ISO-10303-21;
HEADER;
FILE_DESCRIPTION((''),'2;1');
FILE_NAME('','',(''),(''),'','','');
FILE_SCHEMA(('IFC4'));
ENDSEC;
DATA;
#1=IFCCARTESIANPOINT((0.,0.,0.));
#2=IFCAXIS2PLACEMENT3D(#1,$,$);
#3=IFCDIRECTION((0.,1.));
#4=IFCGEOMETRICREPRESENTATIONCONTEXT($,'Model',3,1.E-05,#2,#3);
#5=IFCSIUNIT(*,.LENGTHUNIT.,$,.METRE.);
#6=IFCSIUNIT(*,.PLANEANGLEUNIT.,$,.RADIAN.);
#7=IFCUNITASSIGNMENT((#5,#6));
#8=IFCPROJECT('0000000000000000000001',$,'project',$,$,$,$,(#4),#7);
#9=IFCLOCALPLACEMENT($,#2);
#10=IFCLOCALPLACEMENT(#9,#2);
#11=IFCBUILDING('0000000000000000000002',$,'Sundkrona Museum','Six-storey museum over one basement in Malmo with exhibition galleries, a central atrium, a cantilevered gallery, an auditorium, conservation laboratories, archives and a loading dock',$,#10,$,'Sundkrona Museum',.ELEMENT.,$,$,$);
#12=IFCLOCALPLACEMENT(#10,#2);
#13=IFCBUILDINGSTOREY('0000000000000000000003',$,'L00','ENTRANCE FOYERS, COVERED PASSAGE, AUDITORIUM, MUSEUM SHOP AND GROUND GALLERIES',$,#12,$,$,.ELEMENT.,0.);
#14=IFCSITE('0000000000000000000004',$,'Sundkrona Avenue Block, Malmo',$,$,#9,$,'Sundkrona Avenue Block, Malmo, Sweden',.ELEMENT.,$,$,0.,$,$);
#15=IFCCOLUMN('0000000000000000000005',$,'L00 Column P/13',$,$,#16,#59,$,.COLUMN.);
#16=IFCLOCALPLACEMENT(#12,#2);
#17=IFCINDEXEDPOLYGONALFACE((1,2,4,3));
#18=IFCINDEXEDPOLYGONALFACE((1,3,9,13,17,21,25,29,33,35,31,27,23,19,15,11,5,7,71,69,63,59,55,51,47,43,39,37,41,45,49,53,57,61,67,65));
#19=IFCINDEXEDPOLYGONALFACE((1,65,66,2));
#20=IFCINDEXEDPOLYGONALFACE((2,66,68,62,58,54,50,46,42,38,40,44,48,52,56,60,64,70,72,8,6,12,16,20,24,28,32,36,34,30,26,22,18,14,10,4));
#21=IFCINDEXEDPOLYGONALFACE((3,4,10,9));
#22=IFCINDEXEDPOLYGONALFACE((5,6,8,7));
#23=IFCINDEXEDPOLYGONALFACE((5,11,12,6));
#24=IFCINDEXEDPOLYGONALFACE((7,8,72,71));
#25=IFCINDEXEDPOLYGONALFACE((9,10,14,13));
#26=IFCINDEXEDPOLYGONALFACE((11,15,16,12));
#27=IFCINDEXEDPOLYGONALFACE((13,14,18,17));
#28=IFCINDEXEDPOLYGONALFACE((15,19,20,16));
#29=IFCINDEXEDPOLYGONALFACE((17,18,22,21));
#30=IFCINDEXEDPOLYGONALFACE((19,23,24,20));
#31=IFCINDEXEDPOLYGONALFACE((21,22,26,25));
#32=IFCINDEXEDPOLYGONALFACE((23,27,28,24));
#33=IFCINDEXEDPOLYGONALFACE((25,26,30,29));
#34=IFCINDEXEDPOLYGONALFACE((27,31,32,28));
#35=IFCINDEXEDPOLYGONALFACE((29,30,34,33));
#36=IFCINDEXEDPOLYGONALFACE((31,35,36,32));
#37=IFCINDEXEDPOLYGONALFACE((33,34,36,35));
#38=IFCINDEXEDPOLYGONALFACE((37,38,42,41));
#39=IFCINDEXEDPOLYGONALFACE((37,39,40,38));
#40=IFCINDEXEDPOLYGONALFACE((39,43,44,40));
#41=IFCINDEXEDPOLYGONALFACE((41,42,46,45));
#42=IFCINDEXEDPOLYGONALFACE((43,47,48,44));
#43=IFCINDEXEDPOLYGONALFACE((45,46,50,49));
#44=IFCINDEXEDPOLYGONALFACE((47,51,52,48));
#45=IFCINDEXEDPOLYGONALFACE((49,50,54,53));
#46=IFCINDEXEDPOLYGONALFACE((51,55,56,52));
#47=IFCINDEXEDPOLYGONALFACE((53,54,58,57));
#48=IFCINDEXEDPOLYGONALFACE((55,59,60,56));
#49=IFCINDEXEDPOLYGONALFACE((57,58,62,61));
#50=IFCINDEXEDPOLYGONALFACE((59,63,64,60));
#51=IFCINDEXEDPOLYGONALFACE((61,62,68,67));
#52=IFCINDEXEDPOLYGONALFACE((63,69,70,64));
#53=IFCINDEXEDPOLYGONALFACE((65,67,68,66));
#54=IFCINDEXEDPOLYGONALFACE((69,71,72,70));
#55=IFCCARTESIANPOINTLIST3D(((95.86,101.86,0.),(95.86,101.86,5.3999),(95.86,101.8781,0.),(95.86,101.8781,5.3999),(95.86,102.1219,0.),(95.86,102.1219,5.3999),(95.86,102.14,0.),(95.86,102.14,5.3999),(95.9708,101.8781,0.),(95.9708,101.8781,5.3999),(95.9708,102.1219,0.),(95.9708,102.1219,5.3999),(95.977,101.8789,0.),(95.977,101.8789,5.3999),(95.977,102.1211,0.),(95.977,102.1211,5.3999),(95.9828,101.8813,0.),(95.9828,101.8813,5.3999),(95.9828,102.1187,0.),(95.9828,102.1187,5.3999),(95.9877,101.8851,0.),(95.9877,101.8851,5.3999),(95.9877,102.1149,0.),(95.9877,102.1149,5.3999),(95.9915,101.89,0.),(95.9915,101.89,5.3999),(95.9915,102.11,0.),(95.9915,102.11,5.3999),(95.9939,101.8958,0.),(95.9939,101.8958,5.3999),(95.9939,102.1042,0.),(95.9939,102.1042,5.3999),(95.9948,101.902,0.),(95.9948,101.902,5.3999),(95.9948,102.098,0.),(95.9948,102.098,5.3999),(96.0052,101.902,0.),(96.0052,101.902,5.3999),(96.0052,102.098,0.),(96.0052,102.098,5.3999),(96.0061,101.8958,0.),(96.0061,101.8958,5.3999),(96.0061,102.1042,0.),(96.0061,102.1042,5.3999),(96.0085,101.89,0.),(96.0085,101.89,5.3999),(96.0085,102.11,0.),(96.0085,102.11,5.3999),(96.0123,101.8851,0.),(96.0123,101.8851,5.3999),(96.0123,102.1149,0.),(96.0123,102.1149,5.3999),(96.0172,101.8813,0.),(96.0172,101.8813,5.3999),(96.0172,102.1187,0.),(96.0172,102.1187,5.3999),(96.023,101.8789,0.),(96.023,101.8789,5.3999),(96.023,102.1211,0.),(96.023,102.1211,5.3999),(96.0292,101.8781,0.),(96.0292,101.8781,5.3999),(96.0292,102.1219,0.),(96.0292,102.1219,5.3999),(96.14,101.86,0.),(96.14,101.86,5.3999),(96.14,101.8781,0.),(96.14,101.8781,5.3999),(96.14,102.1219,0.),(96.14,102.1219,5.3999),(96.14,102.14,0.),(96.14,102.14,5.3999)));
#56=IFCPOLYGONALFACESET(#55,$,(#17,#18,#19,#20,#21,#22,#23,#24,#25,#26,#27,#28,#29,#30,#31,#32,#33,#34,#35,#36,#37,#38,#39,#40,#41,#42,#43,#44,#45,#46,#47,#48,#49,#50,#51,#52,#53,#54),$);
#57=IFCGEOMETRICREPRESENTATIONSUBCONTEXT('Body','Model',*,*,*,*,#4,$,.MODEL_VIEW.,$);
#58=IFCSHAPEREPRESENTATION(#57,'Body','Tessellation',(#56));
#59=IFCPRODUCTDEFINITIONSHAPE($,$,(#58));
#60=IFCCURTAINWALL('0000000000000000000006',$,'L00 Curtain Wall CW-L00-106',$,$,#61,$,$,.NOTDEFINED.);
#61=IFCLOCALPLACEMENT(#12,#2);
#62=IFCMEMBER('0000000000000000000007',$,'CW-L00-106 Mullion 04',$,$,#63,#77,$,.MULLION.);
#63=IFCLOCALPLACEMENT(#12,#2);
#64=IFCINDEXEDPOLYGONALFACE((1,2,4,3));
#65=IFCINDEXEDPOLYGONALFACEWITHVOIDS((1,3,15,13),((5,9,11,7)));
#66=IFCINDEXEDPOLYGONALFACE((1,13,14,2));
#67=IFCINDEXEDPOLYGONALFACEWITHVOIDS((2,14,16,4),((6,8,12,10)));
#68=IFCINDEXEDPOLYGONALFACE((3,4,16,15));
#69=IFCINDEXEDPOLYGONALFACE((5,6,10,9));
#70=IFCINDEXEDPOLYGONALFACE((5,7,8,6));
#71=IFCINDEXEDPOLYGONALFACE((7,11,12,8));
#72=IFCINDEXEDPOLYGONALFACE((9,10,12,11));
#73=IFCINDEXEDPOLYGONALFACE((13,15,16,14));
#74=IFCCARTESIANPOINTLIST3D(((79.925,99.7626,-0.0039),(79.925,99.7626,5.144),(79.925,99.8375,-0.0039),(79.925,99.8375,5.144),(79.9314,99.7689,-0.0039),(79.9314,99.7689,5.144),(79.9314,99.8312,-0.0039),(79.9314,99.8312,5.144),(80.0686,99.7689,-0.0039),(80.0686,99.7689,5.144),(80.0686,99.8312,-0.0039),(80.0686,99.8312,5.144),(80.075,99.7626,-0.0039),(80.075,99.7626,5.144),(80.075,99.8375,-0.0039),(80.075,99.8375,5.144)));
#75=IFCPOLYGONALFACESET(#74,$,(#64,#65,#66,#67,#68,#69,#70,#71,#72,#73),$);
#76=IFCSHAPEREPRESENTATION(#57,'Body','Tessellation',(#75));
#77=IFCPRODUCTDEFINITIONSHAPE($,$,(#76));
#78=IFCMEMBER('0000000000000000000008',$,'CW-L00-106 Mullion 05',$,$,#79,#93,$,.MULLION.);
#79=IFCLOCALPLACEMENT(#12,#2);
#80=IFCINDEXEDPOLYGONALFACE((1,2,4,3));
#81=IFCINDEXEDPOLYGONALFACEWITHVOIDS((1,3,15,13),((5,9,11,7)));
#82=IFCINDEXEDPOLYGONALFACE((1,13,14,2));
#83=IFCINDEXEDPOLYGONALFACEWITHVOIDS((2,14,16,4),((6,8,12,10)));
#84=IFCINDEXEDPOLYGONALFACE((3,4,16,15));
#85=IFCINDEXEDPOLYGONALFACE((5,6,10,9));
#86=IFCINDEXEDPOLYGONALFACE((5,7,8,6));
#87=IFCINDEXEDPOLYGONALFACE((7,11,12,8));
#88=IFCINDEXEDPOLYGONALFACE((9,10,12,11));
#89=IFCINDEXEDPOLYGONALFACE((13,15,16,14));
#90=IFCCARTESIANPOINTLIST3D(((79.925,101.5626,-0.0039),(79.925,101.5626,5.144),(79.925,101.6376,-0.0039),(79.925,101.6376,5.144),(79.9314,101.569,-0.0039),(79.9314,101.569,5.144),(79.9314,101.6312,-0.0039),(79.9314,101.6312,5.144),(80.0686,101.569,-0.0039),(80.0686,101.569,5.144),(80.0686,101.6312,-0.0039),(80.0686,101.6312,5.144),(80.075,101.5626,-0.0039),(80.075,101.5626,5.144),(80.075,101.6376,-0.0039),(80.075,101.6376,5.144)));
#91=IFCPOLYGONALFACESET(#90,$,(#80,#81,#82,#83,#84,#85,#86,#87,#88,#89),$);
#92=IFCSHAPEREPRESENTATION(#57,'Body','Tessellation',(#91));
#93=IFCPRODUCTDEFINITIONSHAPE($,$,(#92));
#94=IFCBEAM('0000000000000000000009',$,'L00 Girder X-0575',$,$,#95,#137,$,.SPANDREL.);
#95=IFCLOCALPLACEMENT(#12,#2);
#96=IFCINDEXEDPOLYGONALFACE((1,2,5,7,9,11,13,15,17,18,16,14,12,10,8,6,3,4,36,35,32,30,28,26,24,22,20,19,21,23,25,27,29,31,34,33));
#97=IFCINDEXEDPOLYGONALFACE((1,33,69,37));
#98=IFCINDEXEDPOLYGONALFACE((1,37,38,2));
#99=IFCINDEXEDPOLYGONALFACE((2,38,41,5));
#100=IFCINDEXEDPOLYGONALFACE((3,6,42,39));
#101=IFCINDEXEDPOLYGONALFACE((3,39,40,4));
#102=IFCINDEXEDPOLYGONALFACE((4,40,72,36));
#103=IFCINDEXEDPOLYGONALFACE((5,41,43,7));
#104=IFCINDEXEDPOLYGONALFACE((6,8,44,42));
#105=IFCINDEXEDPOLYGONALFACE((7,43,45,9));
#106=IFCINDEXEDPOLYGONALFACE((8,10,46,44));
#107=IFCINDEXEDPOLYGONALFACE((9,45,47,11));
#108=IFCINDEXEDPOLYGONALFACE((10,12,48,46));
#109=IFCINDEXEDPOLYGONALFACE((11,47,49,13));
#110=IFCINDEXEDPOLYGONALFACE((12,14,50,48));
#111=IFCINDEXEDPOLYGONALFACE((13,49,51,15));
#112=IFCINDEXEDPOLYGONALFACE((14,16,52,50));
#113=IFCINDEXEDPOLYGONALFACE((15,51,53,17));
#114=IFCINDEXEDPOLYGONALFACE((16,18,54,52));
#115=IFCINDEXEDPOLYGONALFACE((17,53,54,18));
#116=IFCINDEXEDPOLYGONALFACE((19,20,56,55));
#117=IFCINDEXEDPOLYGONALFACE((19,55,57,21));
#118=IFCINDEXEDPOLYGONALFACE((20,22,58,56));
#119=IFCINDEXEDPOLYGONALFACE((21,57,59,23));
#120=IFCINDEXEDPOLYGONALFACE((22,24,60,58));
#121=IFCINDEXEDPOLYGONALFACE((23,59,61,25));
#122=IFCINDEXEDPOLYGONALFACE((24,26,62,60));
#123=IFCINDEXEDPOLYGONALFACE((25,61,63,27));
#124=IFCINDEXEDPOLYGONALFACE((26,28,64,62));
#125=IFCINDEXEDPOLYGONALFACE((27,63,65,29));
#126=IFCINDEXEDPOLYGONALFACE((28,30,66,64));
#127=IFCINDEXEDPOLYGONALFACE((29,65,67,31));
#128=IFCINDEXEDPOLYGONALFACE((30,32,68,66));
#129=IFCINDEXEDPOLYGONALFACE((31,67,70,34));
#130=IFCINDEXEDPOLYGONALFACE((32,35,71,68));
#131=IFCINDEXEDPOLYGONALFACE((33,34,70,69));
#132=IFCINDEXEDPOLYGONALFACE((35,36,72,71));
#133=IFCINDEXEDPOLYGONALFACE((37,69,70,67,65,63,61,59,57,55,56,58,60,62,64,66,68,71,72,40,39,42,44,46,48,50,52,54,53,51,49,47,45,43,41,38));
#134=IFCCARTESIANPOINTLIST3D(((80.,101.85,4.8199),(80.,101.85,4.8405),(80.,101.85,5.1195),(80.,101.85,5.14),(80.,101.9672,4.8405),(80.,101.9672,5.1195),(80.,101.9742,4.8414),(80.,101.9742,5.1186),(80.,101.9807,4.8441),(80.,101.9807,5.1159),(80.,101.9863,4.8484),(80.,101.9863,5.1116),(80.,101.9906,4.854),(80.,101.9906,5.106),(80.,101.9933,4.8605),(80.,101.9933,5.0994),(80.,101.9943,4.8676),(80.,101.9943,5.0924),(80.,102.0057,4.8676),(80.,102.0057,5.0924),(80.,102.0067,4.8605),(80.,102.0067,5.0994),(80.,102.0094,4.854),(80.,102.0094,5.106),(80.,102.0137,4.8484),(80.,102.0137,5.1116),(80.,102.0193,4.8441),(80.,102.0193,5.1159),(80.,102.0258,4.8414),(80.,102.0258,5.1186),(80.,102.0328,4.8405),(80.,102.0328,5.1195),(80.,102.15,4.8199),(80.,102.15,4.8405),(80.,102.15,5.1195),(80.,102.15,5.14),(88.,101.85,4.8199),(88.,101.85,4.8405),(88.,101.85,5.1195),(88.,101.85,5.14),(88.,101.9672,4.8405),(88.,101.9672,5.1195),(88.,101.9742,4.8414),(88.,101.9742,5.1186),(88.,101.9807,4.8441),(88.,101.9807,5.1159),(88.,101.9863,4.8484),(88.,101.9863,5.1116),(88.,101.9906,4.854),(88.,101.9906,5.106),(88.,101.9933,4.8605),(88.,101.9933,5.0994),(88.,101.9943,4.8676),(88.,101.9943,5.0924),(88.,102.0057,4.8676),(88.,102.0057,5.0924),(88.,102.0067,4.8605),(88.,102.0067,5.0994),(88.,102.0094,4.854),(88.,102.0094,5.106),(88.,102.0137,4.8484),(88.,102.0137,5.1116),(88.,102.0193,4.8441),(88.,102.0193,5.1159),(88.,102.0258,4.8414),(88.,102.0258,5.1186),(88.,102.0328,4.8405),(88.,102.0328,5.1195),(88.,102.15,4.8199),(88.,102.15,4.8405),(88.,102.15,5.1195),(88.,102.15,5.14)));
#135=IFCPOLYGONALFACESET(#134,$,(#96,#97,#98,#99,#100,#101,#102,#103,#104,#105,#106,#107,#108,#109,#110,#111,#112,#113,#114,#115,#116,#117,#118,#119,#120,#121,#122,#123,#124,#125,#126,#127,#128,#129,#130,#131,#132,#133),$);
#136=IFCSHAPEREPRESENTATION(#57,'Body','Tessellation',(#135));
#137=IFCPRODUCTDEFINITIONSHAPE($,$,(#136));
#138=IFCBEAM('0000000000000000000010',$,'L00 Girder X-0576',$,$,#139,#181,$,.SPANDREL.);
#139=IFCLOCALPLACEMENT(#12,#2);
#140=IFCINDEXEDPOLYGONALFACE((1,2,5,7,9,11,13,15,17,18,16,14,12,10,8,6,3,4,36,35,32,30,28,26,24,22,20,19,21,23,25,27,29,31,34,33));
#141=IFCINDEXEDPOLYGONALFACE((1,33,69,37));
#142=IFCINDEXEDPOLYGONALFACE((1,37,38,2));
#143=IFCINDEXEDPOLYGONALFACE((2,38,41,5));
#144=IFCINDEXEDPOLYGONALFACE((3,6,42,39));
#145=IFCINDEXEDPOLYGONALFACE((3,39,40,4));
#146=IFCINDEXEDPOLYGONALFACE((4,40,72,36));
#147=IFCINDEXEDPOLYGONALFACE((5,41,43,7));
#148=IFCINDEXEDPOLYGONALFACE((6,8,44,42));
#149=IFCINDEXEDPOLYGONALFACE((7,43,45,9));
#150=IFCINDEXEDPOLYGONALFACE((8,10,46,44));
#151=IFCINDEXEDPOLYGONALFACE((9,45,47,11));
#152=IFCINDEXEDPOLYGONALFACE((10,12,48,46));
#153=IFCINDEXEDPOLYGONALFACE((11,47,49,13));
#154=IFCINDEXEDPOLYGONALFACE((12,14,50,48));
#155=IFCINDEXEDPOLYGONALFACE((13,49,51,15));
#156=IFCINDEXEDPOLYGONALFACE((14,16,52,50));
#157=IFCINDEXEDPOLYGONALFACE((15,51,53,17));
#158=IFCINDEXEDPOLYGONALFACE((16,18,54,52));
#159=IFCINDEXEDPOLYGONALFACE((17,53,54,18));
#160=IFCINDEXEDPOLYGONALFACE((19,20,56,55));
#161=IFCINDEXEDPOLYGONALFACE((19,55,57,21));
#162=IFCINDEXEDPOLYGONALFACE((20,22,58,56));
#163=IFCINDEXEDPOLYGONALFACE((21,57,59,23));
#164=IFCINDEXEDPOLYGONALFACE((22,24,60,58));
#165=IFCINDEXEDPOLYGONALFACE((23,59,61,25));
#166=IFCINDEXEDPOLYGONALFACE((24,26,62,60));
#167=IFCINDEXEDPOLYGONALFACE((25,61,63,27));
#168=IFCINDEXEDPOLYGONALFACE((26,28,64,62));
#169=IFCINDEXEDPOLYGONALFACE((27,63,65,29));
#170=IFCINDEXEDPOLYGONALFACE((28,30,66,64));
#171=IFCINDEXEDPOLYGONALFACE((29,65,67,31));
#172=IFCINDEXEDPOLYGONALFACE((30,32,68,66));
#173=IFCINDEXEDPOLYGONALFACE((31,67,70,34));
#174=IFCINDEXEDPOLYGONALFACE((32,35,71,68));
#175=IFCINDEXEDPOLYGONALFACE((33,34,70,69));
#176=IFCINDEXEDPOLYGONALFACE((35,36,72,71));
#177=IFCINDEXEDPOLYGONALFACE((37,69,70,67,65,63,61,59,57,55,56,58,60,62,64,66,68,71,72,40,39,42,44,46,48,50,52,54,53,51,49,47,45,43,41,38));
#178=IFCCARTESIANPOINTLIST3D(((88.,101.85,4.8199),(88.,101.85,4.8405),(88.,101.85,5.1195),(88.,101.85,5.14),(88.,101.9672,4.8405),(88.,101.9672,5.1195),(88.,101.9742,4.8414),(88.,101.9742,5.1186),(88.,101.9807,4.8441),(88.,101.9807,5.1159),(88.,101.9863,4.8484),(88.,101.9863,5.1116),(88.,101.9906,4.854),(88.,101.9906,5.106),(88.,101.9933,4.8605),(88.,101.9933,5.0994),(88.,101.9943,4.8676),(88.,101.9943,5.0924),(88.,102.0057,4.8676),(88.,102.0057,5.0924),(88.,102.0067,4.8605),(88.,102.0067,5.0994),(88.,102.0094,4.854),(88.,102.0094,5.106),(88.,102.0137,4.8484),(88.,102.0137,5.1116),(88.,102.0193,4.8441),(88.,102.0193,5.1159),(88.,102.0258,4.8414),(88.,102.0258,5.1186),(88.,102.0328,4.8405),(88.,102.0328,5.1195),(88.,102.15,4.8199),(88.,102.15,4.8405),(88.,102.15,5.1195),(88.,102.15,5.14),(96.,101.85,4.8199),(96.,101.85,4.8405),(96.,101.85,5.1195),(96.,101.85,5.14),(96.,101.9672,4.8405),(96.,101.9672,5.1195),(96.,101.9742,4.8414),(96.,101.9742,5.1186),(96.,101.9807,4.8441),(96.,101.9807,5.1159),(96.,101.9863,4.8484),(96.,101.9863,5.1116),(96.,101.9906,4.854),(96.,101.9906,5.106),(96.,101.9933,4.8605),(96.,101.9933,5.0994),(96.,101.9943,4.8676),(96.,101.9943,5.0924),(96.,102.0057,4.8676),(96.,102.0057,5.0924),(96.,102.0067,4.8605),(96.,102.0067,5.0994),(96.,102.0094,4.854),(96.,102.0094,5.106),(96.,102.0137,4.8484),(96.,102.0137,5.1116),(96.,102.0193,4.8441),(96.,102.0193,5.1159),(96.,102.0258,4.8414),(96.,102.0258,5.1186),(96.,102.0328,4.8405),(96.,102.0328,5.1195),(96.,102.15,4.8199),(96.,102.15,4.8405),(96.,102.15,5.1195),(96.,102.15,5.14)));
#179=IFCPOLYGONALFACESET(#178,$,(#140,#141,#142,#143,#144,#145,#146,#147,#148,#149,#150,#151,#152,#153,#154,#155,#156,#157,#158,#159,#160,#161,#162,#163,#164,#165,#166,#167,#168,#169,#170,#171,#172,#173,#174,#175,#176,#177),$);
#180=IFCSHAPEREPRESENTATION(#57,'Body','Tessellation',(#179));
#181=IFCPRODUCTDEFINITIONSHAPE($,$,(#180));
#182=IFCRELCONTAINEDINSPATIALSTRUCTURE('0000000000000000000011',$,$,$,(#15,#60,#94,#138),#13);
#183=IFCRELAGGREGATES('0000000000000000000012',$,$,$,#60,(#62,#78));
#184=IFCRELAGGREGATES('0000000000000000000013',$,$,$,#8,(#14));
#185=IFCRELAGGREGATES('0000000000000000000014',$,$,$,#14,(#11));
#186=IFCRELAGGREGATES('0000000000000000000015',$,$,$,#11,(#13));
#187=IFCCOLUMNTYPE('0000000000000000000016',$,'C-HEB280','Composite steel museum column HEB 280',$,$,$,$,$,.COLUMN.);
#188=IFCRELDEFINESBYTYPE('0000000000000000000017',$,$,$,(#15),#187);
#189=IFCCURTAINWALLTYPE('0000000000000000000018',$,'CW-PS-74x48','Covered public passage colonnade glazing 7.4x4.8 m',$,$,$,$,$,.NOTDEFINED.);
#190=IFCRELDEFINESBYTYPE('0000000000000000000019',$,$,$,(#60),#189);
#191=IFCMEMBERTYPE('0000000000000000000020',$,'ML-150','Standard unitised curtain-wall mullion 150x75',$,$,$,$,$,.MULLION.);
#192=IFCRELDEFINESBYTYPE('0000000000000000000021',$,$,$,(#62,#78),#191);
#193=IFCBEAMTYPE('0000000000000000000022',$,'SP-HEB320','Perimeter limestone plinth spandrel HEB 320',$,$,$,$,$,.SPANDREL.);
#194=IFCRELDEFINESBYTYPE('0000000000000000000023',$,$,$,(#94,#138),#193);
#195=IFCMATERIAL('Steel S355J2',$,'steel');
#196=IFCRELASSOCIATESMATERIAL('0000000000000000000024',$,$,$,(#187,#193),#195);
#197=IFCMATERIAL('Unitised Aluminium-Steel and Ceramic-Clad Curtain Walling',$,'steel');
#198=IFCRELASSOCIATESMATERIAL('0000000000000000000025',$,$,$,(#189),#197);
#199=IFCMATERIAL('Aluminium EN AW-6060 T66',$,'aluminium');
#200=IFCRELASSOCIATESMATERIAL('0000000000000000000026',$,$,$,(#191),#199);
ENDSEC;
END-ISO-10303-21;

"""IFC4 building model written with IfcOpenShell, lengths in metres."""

from ifc_helpers import new_model, si_unit, direction, frame, origin, origin_2d, place, context, subcontext, project, spatial, hollow_rectangle, i_section, extrude, material, material_profile, profile_set, type_object, element, aggregate, save


model = new_model("IFC4")

# Units and contexts
model_context = context("Model", 3, precision=1e-05, world=origin(), true_north=direction((0.0, 1.0)))
body_context = subcontext(model_context, "Body", "Model", "MODEL_VIEW")
ifc_project = project(units=[si_unit("LENGTHUNIT", "METRE"), si_unit("PLANEANGLEUNIT", "RADIAN")], contexts=[model_context])

# Site, building, storey
site_placement = place(None, origin())
site = spatial("IfcSite", under=ifc_project, at=site_placement, Name="Sundkrona Avenue Block, Malmo", LongName="Sundkrona Avenue Block, Malmo, Sweden", CompositionType="ELEMENT", RefElevation=0.0)
building_placement = place(site_placement, origin())
building = spatial("IfcBuilding", under=site, at=building_placement, Name="Sundkrona Museum", Description="Six-storey museum over one basement in Malmo with exhibition galleries, a central atrium, a cantilevered gallery, an auditorium, conservation laboratories, archives and a loading dock", LongName="Sundkrona Museum", CompositionType="ELEMENT")
storey_placement = place(building_placement, origin())
storey = spatial("IfcBuildingStorey", under=building, at=storey_placement, Name="L00", Description="ENTRANCE FOYERS, COVERED PASSAGE, AUDITORIUM, MUSEUM SHOP AND GROUND GALLERIES", CompositionType="ELEMENT", Elevation=0.0)

# Column
ifc_material_1 = material(Name="Steel S355J2", Category="steel")
ifc_material_profile_1 = material_profile(ifc_material_1, i_section(OverallWidth=0.28, OverallDepth=0.28, WebThickness=0.0105, FlangeThickness=0.0181, FilletRadius=0.0239, at=origin_2d()), Name="HEB 280")
ifc_profile_set_1 = profile_set([ifc_material_profile_1], Name="Steel S355J2")
column_type = type_object("IfcColumnType", Name="C-HEB280", Description="Composite steel museum column HEB 280", PredefinedType="COLUMN", material=ifc_profile_set_1)
for number, where, z_axis, x_axis, name in (
    (1, (96.0, 102.0, 0.0), (0.0, 0.0, 1.0), (1.0, 0.0, 0.0), "L00 Column P/13"),
):
    element("IfcColumn", number, at=place(storey_placement, frame(where, z_axis=z_axis, x_axis=x_axis)), inside=storey, type_object=column_type, Name=name, PredefinedType="COLUMN", context=body_context, shape_type="SweptSolid", body=[
        extrude(i_section(OverallWidth=0.28, OverallDepth=0.28, WebThickness=0.0105, FlangeThickness=0.0181, FilletRadius=0.0239, at=origin_2d()), origin(), (0.0, 0.0, 1.0), 5.3999),
    ])

# Curtain wall, members
ifc_material_2 = material(Name="Unitised Aluminium-Steel and Ceramic-Clad Curtain Walling", Category="steel")
curtain_wall_type = type_object("IfcCurtainWallType", Name="CW-PS-74x48", Description="Covered public passage colonnade glazing 7.4x4.8 m", PredefinedType="NOTDEFINED", material=ifc_material_2)
curtain_wall_placement = place(storey_placement, origin())
curtain_wall = element("IfcCurtainWall", 2, at=curtain_wall_placement, inside=storey, type_object=curtain_wall_type, Name="L00 Curtain Wall CW-L00-106", PredefinedType="NOTDEFINED")
ifc_material_3 = material(Name="Aluminium EN AW-6060 T66", Category="aluminium")
ifc_material_profile_2 = material_profile(ifc_material_3, hollow_rectangle(XDim=0.075, YDim=0.1499, WallThickness=0.0063, at=origin_2d()), Name="RHS 150x75x6.3")
ifc_profile_set_2 = profile_set([ifc_material_profile_2], Name="Aluminium EN AW-6060 T66")
member_type_1 = type_object("IfcMemberType", Name="ML-150", Description="Standard unitised curtain-wall mullion 150x75", PredefinedType="MULLION", material=ifc_profile_set_2)
member_1_placement = place(storey_placement, frame((80.0, 99.8, -0.0039), z_axis=(0.0, 0.0, 1.0), x_axis=(0.0, 1.0, 0.0)))
member_1 = element("IfcMember", 3, at=member_1_placement, type_object=member_type_1, Name="CW-L00-106 Mullion 04", PredefinedType="MULLION", context=body_context, shape_type="SweptSolid", body=[
    extrude(hollow_rectangle(XDim=0.075, YDim=0.1499, WallThickness=0.0063, at=origin_2d()), origin(), (0.0, 0.0, 1.0), 5.1479),
])
member_2_placement = place(storey_placement, frame((80.0, 101.6001, -0.0039), z_axis=(0.0, 0.0, 1.0), x_axis=(0.0, 1.0, 0.0)))
member_2 = element("IfcMember", 4, at=member_2_placement, type_object=member_type_1, Name="CW-L00-106 Mullion 05", PredefinedType="MULLION", context=body_context, shape_type="SweptSolid", body=[
    extrude(hollow_rectangle(XDim=0.075, YDim=0.1499, WallThickness=0.0063, at=origin_2d()), origin(), (0.0, 0.0, 1.0), 5.1479),
])

# Beams
ifc_material_profile_3 = material_profile(ifc_material_1, i_section(OverallWidth=0.3, OverallDepth=0.3201, WebThickness=0.0115, FlangeThickness=0.0205, FilletRadius=0.0271, at=origin_2d()), Name="HEB 320")
ifc_profile_set_3 = profile_set([ifc_material_profile_3], Name="Steel S355J2")
beam_type = type_object("IfcBeamType", Name="SP-HEB320", Description="Perimeter limestone plinth spandrel HEB 320", PredefinedType="SPANDREL", material=ifc_profile_set_3)
for number, where, z_axis, x_axis, name in (
    (5, (80.0, 102.0, 4.98), (1.0, 0.0, 0.0), (0.0, 1.0, 0.0), "L00 Girder X-0575"),
    (6, (88.0, 102.0, 4.98), (1.0, 0.0, 0.0), (0.0, 1.0, 0.0), "L00 Girder X-0576"),
):
    element("IfcBeam", number, at=place(storey_placement, frame(where, z_axis=z_axis, x_axis=x_axis)), inside=storey, type_object=beam_type, Name=name, PredefinedType="SPANDREL", context=body_context, shape_type="SweptSolid", body=[
        extrude(i_section(OverallWidth=0.3, OverallDepth=0.3201, WebThickness=0.0115, FlangeThickness=0.0205, FilletRadius=0.0271, at=origin_2d()), origin(), (0.0, 0.0, 1.0), 8.0),
    ])

aggregate(curtain_wall, [member_1, member_2])

save(model, "model.ifc")
